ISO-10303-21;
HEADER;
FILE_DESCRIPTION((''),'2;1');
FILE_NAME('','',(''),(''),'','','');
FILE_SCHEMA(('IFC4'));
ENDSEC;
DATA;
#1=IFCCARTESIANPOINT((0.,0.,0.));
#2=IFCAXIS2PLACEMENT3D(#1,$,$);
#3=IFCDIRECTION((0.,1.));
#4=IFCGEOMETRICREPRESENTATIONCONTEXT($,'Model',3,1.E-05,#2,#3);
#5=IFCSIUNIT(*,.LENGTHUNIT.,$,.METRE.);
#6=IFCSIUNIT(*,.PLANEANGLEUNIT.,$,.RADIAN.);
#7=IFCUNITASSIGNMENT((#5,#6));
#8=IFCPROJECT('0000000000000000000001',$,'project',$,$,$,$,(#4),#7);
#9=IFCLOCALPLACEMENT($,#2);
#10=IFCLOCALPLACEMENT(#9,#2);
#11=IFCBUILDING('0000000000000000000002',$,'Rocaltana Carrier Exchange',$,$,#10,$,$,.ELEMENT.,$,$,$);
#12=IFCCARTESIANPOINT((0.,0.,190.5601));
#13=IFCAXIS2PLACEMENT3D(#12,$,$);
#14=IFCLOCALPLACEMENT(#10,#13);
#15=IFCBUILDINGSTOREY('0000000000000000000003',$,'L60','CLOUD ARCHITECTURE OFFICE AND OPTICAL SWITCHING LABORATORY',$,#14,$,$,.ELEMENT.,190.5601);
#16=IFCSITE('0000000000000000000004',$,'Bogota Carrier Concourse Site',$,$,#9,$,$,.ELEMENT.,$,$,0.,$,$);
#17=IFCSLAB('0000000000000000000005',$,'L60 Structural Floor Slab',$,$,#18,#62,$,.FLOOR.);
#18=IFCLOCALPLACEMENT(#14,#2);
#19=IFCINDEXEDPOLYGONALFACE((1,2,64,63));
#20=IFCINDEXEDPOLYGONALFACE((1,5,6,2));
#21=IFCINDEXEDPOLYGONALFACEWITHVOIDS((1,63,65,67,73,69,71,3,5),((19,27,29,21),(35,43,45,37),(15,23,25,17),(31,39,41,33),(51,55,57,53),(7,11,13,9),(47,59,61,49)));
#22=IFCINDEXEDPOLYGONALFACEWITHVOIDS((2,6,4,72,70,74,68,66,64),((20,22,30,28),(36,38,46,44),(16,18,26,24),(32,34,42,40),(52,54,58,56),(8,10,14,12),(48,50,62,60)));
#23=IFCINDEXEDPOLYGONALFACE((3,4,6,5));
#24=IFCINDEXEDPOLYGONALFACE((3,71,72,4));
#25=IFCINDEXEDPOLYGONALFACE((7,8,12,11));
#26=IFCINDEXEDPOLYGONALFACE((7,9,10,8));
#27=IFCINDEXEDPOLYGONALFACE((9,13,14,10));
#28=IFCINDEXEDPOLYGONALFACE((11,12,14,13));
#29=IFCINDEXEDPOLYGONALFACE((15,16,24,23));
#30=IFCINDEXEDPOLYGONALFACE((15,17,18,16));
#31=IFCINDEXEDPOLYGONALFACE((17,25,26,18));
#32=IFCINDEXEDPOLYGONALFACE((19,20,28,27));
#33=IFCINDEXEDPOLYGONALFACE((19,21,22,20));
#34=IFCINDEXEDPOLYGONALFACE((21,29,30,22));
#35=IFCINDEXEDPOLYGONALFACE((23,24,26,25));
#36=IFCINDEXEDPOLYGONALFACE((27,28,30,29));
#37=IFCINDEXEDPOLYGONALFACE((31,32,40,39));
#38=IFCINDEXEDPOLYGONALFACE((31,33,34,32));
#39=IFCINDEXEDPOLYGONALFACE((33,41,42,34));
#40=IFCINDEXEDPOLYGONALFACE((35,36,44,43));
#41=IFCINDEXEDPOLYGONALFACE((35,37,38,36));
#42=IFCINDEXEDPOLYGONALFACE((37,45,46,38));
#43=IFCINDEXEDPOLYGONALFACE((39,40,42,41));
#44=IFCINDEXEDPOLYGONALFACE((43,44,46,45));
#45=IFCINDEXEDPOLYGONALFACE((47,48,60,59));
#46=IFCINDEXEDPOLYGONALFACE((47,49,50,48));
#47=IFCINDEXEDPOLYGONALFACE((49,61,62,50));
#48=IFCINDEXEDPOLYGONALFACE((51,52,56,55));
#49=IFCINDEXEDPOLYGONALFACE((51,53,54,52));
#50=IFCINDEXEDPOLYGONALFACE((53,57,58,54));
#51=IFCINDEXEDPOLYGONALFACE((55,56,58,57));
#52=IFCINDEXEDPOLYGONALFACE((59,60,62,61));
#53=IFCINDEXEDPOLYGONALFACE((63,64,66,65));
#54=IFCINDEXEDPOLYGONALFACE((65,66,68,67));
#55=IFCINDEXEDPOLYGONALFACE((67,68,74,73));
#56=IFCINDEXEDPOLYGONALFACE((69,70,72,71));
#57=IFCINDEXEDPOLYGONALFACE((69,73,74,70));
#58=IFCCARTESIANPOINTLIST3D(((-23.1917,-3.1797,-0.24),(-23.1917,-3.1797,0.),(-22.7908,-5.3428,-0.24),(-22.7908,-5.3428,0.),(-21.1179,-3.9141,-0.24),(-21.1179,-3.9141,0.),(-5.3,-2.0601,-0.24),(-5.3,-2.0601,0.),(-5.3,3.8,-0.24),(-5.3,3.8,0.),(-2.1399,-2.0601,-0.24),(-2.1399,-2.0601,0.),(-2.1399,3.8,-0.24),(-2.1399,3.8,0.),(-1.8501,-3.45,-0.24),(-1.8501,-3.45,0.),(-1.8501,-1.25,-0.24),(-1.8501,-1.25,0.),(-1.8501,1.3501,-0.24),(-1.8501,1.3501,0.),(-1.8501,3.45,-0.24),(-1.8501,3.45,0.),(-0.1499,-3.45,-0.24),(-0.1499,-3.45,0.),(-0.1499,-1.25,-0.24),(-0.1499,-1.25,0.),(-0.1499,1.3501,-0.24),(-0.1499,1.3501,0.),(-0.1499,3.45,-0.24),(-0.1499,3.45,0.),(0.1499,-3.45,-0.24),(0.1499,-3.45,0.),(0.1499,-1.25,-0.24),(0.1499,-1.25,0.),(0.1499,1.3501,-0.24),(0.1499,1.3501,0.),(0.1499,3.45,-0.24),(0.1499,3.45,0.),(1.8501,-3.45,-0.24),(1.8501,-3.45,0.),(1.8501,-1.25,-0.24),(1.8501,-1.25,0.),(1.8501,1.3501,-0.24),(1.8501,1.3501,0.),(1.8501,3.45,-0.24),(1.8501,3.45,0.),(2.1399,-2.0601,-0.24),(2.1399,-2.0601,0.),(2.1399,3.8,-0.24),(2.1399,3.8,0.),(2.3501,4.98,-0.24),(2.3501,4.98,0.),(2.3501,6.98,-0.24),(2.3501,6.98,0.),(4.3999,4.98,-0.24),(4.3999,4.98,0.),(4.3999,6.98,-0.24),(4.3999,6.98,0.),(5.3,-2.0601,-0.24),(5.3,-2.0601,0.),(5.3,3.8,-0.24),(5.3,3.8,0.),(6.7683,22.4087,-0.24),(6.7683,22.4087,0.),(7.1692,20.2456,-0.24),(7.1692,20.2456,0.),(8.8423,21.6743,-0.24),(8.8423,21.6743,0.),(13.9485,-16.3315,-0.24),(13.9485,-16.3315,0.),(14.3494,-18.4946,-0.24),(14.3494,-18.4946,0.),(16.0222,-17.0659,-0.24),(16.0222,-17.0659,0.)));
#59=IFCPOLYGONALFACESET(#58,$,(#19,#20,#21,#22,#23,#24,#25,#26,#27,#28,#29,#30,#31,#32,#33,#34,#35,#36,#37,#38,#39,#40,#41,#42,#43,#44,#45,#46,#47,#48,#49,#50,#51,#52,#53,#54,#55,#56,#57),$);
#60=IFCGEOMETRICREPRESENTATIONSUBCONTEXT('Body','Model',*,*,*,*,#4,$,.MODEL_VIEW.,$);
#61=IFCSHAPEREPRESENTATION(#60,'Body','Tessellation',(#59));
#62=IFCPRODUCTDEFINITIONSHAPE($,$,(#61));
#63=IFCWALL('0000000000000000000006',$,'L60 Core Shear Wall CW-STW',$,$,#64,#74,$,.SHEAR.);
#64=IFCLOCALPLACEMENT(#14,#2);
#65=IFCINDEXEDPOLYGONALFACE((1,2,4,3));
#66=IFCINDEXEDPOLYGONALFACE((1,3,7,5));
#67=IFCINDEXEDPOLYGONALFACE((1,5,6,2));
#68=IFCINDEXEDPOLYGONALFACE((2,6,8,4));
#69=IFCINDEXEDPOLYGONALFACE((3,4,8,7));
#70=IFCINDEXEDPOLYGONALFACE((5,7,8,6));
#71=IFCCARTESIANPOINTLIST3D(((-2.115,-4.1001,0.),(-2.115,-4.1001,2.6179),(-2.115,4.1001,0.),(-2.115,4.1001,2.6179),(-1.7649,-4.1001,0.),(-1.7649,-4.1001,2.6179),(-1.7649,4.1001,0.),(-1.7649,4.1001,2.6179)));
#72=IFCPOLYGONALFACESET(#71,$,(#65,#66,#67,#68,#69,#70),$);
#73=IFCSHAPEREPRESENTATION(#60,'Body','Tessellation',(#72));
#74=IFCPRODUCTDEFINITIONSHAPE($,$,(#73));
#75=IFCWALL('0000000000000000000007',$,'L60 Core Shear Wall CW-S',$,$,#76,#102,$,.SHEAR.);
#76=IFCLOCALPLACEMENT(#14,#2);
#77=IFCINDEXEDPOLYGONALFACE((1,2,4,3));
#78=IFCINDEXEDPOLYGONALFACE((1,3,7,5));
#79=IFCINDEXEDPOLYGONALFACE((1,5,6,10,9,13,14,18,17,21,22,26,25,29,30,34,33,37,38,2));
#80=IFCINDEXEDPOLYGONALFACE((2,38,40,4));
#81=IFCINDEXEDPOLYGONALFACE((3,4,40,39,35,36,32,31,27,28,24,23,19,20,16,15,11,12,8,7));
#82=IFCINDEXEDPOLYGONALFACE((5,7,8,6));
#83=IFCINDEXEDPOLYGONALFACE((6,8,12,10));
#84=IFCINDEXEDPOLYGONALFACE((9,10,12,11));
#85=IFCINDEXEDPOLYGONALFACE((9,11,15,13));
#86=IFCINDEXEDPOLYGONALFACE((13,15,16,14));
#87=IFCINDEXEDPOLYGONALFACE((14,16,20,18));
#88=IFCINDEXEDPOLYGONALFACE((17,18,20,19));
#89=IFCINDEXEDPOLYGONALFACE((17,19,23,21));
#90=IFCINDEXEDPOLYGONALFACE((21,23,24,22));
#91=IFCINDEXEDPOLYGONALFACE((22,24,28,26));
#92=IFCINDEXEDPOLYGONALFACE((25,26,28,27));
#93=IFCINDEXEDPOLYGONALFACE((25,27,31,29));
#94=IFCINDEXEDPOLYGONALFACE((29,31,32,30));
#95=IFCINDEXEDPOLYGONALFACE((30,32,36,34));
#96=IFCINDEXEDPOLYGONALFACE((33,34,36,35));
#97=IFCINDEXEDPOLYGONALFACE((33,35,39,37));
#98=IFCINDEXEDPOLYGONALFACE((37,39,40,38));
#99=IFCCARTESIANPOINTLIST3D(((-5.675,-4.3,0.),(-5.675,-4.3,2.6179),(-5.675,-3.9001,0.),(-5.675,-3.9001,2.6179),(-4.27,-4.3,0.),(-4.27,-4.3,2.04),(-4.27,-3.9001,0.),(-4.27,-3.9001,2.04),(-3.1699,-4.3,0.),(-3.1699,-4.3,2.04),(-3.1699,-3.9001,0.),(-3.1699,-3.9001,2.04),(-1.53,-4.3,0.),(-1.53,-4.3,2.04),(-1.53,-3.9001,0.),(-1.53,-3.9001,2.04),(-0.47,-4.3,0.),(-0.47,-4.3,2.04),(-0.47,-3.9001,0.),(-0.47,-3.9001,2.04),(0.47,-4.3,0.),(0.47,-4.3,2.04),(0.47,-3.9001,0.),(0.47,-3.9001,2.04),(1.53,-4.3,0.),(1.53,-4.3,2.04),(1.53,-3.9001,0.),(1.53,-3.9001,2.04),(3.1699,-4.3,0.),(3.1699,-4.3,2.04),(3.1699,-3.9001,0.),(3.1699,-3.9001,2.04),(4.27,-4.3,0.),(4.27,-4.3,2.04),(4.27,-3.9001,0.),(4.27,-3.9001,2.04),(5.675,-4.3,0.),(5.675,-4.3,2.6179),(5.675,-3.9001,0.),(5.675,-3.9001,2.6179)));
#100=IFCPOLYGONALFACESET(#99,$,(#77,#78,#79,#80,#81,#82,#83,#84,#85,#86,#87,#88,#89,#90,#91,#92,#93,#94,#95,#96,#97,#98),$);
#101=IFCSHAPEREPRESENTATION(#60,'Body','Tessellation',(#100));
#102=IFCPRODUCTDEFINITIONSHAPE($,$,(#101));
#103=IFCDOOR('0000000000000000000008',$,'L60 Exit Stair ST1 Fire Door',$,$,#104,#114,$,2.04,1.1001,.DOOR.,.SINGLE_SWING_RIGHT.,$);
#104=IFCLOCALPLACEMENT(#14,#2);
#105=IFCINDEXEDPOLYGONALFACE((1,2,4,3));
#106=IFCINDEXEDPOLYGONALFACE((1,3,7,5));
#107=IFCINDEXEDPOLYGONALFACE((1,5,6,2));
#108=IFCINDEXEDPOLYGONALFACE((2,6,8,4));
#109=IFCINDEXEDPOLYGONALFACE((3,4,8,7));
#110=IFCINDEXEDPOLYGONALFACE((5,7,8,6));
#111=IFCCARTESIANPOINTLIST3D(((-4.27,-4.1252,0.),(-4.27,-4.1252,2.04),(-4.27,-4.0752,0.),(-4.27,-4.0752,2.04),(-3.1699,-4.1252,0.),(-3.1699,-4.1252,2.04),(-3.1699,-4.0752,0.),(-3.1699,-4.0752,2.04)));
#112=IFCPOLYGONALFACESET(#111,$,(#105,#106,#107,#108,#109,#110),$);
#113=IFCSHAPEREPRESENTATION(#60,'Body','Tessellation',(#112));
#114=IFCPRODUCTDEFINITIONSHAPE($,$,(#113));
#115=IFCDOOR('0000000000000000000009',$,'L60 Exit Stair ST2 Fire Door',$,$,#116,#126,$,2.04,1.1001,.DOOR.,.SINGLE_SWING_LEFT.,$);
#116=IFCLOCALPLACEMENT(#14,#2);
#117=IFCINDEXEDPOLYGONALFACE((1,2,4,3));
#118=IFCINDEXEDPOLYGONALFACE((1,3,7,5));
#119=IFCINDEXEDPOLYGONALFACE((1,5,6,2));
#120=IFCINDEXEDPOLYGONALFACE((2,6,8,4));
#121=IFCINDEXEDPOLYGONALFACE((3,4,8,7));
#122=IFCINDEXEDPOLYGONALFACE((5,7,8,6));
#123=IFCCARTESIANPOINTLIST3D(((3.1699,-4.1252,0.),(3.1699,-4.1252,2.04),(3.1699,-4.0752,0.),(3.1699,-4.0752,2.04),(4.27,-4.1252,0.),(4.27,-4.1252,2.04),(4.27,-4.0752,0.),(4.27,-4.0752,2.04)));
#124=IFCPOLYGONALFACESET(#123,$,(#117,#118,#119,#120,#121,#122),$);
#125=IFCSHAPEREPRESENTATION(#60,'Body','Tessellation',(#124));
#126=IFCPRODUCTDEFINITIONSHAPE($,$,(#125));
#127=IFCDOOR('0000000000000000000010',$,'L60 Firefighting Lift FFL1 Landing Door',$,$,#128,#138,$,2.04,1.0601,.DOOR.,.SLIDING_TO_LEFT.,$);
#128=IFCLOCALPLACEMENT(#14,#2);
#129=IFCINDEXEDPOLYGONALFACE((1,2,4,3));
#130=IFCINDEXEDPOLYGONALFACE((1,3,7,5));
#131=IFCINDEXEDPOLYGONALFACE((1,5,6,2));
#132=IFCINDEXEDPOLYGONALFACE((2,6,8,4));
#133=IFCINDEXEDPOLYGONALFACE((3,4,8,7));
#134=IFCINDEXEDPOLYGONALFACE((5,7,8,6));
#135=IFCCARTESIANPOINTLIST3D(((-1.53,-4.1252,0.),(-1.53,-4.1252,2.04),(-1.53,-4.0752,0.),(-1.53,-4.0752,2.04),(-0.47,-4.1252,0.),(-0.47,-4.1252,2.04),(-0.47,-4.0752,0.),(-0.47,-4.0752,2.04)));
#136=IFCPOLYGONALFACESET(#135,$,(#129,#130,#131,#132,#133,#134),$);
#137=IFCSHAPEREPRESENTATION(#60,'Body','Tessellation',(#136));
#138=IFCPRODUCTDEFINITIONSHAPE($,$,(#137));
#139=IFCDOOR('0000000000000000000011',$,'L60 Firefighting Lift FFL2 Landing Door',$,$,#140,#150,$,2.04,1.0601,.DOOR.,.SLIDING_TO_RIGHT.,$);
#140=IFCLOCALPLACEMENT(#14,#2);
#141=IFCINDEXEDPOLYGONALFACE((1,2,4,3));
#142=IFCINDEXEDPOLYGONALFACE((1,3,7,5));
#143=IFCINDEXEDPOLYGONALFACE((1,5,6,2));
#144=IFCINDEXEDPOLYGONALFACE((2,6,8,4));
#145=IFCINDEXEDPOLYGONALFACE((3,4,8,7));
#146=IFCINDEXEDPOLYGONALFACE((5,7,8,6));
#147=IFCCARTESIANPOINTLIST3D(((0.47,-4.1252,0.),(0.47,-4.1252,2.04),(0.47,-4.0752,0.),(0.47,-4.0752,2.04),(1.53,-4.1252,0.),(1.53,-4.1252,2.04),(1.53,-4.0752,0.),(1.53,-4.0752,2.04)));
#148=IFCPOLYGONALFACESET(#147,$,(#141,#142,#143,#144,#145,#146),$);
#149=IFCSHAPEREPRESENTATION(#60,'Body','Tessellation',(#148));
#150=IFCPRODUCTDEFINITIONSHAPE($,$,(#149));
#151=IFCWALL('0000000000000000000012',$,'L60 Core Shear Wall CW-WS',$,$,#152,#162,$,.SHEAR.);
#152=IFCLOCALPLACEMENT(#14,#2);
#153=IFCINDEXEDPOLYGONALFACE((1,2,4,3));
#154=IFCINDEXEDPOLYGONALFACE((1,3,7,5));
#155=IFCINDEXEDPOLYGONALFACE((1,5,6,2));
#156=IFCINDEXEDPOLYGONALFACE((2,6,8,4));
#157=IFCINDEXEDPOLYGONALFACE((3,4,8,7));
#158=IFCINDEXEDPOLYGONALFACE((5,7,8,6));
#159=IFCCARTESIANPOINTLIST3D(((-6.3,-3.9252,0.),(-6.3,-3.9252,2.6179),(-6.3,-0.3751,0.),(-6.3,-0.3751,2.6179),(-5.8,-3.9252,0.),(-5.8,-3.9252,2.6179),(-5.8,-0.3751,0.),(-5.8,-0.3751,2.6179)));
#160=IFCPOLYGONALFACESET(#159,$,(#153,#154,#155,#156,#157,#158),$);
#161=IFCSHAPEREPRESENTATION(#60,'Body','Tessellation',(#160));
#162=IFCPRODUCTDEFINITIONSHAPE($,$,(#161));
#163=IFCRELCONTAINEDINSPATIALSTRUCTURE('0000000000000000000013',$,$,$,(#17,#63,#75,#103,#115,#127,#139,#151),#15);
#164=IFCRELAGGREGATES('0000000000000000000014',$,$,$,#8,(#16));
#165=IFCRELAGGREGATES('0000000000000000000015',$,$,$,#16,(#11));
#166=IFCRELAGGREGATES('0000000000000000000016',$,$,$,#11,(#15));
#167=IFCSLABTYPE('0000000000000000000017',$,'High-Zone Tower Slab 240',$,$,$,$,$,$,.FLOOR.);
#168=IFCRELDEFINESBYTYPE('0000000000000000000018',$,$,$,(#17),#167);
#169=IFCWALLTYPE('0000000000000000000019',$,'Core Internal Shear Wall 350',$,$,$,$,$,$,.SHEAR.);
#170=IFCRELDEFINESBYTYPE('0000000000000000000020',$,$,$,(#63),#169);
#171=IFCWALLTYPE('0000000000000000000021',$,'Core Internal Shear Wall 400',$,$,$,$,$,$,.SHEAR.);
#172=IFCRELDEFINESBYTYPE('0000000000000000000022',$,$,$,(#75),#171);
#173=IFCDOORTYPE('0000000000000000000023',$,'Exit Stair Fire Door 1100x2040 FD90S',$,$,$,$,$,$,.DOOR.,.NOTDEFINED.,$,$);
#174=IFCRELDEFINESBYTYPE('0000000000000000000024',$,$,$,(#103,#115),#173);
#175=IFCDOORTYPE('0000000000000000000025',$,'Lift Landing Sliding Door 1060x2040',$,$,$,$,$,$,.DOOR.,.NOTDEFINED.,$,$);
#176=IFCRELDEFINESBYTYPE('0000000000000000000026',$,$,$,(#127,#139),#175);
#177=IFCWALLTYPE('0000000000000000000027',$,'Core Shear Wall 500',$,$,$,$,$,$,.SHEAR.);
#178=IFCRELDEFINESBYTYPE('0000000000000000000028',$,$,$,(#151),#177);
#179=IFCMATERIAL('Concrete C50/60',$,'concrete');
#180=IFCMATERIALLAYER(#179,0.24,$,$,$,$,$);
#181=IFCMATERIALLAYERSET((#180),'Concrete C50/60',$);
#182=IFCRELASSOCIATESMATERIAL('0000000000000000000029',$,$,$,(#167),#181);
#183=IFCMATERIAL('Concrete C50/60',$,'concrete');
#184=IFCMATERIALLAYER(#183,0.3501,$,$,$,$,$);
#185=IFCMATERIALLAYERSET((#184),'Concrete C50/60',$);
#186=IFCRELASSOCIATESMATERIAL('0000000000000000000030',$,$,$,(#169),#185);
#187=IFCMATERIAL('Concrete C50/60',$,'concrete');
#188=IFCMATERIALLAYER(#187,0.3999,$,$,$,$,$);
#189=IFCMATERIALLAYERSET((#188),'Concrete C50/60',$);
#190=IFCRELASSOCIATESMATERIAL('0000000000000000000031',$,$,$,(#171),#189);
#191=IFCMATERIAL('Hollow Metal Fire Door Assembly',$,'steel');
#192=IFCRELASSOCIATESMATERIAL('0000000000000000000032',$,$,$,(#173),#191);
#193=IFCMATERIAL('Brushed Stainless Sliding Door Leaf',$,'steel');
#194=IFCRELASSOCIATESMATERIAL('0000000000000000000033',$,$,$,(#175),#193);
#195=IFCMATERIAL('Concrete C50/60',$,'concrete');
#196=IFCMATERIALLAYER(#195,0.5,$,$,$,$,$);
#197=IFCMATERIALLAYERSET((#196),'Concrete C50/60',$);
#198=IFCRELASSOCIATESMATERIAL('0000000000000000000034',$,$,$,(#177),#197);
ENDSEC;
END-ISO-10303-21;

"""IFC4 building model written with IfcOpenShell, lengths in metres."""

from ifc_helpers import new_model, si_unit, direction, frame, frame_2d, origin, place, context, subcontext, project, spatial, polyline, rectangle, outline, extrude, material, layer, layer_set, type_object, element, fill, save


model = new_model("IFC4")

# Units and contexts
model_context = context("Model", 3, precision=1e-05, world=origin(), true_north=direction((0.0, 1.0)))
body_context = subcontext(model_context, "Body", "Model", "MODEL_VIEW")
ifc_project = project(units=[si_unit("LENGTHUNIT", "METRE"), si_unit("PLANEANGLEUNIT", "RADIAN")], contexts=[model_context])

# Site, building, storey
site_placement = place(None, origin())
site = spatial("IfcSite", under=ifc_project, at=site_placement, Name="Bogota Carrier Concourse Site", CompositionType="ELEMENT", RefElevation=0.0)
building_placement = place(site_placement, origin())
building = spatial("IfcBuilding", under=site, at=building_placement, Name="Rocaltana Carrier Exchange", CompositionType="ELEMENT")
storey_placement = place(building_placement, frame((0.0, 0.0, 190.5601)))
storey = spatial("IfcBuildingStorey", under=building, at=storey_placement, Name="L60", Description="CLOUD ARCHITECTURE OFFICE AND OPTICAL SWITCHING LABORATORY", CompositionType="ELEMENT", Elevation=190.5601)

# Slab
ifc_material_1 = material(Name="Concrete C50/60", Category="concrete")
ifc_layer_1 = layer(ifc_material_1, 0.24)
ifc_layer_set_1 = layer_set([ifc_layer_1], Name="Concrete C50/60")
slab_type = type_object("IfcSlabType", Name="High-Zone Tower Slab 240", PredefinedType="FLOOR", material=ifc_layer_set_1)
slab_placement = place(storey_placement, frame((0.0, 0.0, -0.24)))
element("IfcSlab", 1, at=slab_placement, inside=storey, type_object=slab_type, Name="L60 Structural Floor Slab", PredefinedType="FLOOR", context=body_context, shape_type="SweptSolid", body=[
    extrude(outline(polyline([(14.3494, -18.4946), (13.9485, -16.3315), (16.0222, -17.0659), (8.8423, 21.6743), (7.1692, 20.2456), (6.7683, 22.4087), (-23.1917, -3.1797), (-21.1179, -3.9141), (-22.7908, -5.3428), (14.3494, -18.4946)]), holes=[polyline([(-5.3, -2.0601), (-2.1399, -2.0601), (-2.1399, 3.8), (-5.3, 3.8), (-5.3, -2.0601)]), polyline([(2.1399, -2.0601), (5.3, -2.0601), (5.3, 3.8), (2.1399, 3.8), (2.1399, -2.0601)]), polyline([(-1.8501, -3.45), (-0.1499, -3.45), (-0.1499, -1.25), (-1.8501, -1.25), (-1.8501, -3.45)]), polyline([(0.1499, -3.45), (1.8501, -3.45), (1.8501, -1.25), (0.1499, -1.25), (0.1499, -3.45)]), polyline([(2.3501, 4.98), (4.3999, 4.98), (4.3999, 6.98), (2.3501, 6.98), (2.3501, 4.98)]), polyline([(-1.8501, 1.3501), (-0.1499, 1.3501), (-0.1499, 3.45), (-1.8501, 3.45), (-1.8501, 1.3501)]), polyline([(0.1499, 1.3501), (1.8501, 1.3501), (1.8501, 3.45), (0.1499, 3.45), (0.1499, 1.3501)])]), origin(), (0.0, 0.0, 1.0), 0.24),
])

# Wall
ifc_material_2 = material(Name="Concrete C50/60", Category="concrete")
ifc_layer_2 = layer(ifc_material_2, 0.3501)
ifc_layer_set_2 = layer_set([ifc_layer_2], Name="Concrete C50/60")
wall_type_1 = type_object("IfcWallType", Name="Core Internal Shear Wall 350", PredefinedType="SHEAR", material=ifc_layer_set_2)
wall_1_placement = place(storey_placement, frame((-1.9399, -4.1001, 0.0), z_axis=(0.0, 0.0, 1.0), x_axis=(0.0, 1.0, 0.0)))
element("IfcWall", 2, at=wall_1_placement, inside=storey, type_object=wall_type_1, Name="L60 Core Shear Wall CW-STW", PredefinedType="SHEAR", context=body_context, shape_type="SweptSolid", body=[
    extrude(rectangle(XDim=8.2002, YDim=0.3501, at=frame_2d((4.1001, 0.0))), origin(), (0.0, 0.0, 1.0), 2.6179),
])

# Wall, openings, doors
ifc_material_3 = material(Name="Concrete C50/60", Category="concrete")
ifc_layer_3 = layer(ifc_material_3, 0.3999)
ifc_layer_set_3 = layer_set([ifc_layer_3], Name="Concrete C50/60")
wall_type_2 = type_object("IfcWallType", Name="Core Internal Shear Wall 400", PredefinedType="SHEAR", material=ifc_layer_set_3)
wall_2_placement = place(storey_placement, frame((-5.675, -4.1001, 0.0), z_axis=(0.0, 0.0, 1.0), x_axis=(1.0, 0.0, 0.0)))
wall_2 = element("IfcWall", 3, at=wall_2_placement, inside=storey, type_object=wall_type_2, Name="L60 Core Shear Wall CW-S", PredefinedType="SHEAR", context=body_context, shape_type="SweptSolid", body=[
    extrude(rectangle(XDim=11.3501, YDim=0.3999, at=frame_2d((5.675, 0.0))), origin(), (0.0, 0.0, 1.0), 2.6179),
])
opening_1_placement = place(wall_2_placement, frame((1.405, 0.0, 0.0)))
opening_1 = element("IfcOpeningElement", 4, at=opening_1_placement, cuts=wall_2, PredefinedType="OPENING", context=body_context, shape_type="SweptSolid", body=[
    extrude(rectangle(XDim=1.1001, YDim=2.04, at=frame_2d((0.55, 1.02))), frame((0.0, 0.21, 0.0), z_axis=(0.0, -1.0, 0.0), x_axis=(1.0, 0.0, 0.0)), (0.0, 0.0, 1.0), 0.4199),
])
opening_2_placement = place(wall_2_placement, frame((8.845, 0.0, 0.0)))
opening_2 = element("IfcOpeningElement", 5, at=opening_2_placement, cuts=wall_2, PredefinedType="OPENING", context=body_context, shape_type="SweptSolid", body=[
    extrude(rectangle(XDim=1.1001, YDim=2.04, at=frame_2d((0.55, 1.02))), frame((0.0, 0.21, 0.0), z_axis=(0.0, -1.0, 0.0), x_axis=(1.0, 0.0, 0.0)), (0.0, 0.0, 1.0), 0.4199),
])
opening_3_placement = place(wall_2_placement, frame((4.145, 0.0, 0.0)))
opening_3 = element("IfcOpeningElement", 6, at=opening_3_placement, cuts=wall_2, PredefinedType="OPENING", context=body_context, shape_type="SweptSolid", body=[
    extrude(rectangle(XDim=1.0601, YDim=2.04, at=frame_2d((0.53, 1.02))), frame((0.0, 0.21, 0.0), z_axis=(0.0, -1.0, 0.0), x_axis=(1.0, 0.0, 0.0)), (0.0, 0.0, 1.0), 0.4199),
])
opening_4_placement = place(wall_2_placement, frame((6.145, 0.0, 0.0)))
opening_4 = element("IfcOpeningElement", 7, at=opening_4_placement, cuts=wall_2, PredefinedType="OPENING", context=body_context, shape_type="SweptSolid", body=[
    extrude(rectangle(XDim=1.0601, YDim=2.04, at=frame_2d((0.53, 1.02))), frame((0.0, 0.21, 0.0), z_axis=(0.0, -1.0, 0.0), x_axis=(1.0, 0.0, 0.0)), (0.0, 0.0, 1.0), 0.4199),
])
ifc_material_4 = material(Name="Hollow Metal Fire Door Assembly", Category="steel")
door_type_1 = type_object("IfcDoorType", Name="Exit Stair Fire Door 1100x2040 FD90S", OperationType="NOTDEFINED", PredefinedType="DOOR", material=ifc_material_4)
door_1_placement = place(opening_1_placement, origin())
door_1 = element("IfcDoor", 8, at=door_1_placement, inside=storey, type_object=door_type_1, Name="L60 Exit Stair ST1 Fire Door", OperationType="SINGLE_SWING_RIGHT", OverallHeight=2.04, OverallWidth=1.1001, PredefinedType="DOOR", context=body_context, shape_type="SweptSolid", body=[
    extrude(rectangle(XDim=1.1001, YDim=2.04, at=frame_2d((0.55, 1.02))), frame((0.0, 0.0249, 0.0), z_axis=(0.0, -1.0, 0.0), x_axis=(1.0, 0.0, 0.0)), (0.0, 0.0, 1.0), 0.05),
])
fill(opening_1, door_1)
door_2_placement = place(opening_2_placement, origin())
door_2 = element("IfcDoor", 9, at=door_2_placement, inside=storey, type_object=door_type_1, Name="L60 Exit Stair ST2 Fire Door", OperationType="SINGLE_SWING_LEFT", OverallHeight=2.04, OverallWidth=1.1001, PredefinedType="DOOR", context=body_context, shape_type="SweptSolid", body=[
    extrude(rectangle(XDim=1.1001, YDim=2.04, at=frame_2d((0.55, 1.02))), frame((0.0, 0.0249, 0.0), z_axis=(0.0, -1.0, 0.0), x_axis=(1.0, 0.0, 0.0)), (0.0, 0.0, 1.0), 0.05),
])
fill(opening_2, door_2)
ifc_material_5 = material(Name="Brushed Stainless Sliding Door Leaf", Category="steel")
door_type_2 = type_object("IfcDoorType", Name="Lift Landing Sliding Door 1060x2040", OperationType="NOTDEFINED", PredefinedType="DOOR", material=ifc_material_5)
door_3_placement = place(opening_3_placement, origin())
door_3 = element("IfcDoor", 10, at=door_3_placement, inside=storey, type_object=door_type_2, Name="L60 Firefighting Lift FFL1 Landing Door", OperationType="SLIDING_TO_LEFT", OverallHeight=2.04, OverallWidth=1.0601, PredefinedType="DOOR", context=body_context, shape_type="SweptSolid", body=[
    extrude(rectangle(XDim=1.0601, YDim=2.04, at=frame_2d((0.53, 1.02))), frame((0.0, 0.0249, 0.0), z_axis=(0.0, -1.0, 0.0), x_axis=(1.0, 0.0, 0.0)), (0.0, 0.0, 1.0), 0.05),
])
fill(opening_3, door_3)
door_4_placement = place(opening_4_placement, origin())
door_4 = element("IfcDoor", 11, at=door_4_placement, inside=storey, type_object=door_type_2, Name="L60 Firefighting Lift FFL2 Landing Door", OperationType="SLIDING_TO_RIGHT", OverallHeight=2.04, OverallWidth=1.0601, PredefinedType="DOOR", context=body_context, shape_type="SweptSolid", body=[
    extrude(rectangle(XDim=1.0601, YDim=2.04, at=frame_2d((0.53, 1.02))), frame((0.0, 0.0249, 0.0), z_axis=(0.0, -1.0, 0.0), x_axis=(1.0, 0.0, 0.0)), (0.0, 0.0, 1.0), 0.05),
])
fill(opening_4, door_4)

# Wall
ifc_material_6 = material(Name="Concrete C50/60", Category="concrete")
ifc_layer_4 = layer(ifc_material_6, 0.5)
ifc_layer_set_4 = layer_set([ifc_layer_4], Name="Concrete C50/60")
wall_type_3 = type_object("IfcWallType", Name="Core Shear Wall 500", PredefinedType="SHEAR", material=ifc_layer_set_4)
wall_3_placement = place(storey_placement, frame((-6.05, -3.925, 0.0), z_axis=(0.0, 0.0, 1.0), x_axis=(0.0, 1.0, 0.0)))
element("IfcWall", 12, at=wall_3_placement, inside=storey, type_object=wall_type_3, Name="L60 Core Shear Wall CW-WS", PredefinedType="SHEAR", context=body_context, shape_type="SweptSolid", body=[
    extrude(rectangle(XDim=3.55, YDim=0.5, at=frame_2d((1.7749, 0.0))), origin(), (0.0, 0.0, 1.0), 2.6179),
])

save(model, "model.ifc")
